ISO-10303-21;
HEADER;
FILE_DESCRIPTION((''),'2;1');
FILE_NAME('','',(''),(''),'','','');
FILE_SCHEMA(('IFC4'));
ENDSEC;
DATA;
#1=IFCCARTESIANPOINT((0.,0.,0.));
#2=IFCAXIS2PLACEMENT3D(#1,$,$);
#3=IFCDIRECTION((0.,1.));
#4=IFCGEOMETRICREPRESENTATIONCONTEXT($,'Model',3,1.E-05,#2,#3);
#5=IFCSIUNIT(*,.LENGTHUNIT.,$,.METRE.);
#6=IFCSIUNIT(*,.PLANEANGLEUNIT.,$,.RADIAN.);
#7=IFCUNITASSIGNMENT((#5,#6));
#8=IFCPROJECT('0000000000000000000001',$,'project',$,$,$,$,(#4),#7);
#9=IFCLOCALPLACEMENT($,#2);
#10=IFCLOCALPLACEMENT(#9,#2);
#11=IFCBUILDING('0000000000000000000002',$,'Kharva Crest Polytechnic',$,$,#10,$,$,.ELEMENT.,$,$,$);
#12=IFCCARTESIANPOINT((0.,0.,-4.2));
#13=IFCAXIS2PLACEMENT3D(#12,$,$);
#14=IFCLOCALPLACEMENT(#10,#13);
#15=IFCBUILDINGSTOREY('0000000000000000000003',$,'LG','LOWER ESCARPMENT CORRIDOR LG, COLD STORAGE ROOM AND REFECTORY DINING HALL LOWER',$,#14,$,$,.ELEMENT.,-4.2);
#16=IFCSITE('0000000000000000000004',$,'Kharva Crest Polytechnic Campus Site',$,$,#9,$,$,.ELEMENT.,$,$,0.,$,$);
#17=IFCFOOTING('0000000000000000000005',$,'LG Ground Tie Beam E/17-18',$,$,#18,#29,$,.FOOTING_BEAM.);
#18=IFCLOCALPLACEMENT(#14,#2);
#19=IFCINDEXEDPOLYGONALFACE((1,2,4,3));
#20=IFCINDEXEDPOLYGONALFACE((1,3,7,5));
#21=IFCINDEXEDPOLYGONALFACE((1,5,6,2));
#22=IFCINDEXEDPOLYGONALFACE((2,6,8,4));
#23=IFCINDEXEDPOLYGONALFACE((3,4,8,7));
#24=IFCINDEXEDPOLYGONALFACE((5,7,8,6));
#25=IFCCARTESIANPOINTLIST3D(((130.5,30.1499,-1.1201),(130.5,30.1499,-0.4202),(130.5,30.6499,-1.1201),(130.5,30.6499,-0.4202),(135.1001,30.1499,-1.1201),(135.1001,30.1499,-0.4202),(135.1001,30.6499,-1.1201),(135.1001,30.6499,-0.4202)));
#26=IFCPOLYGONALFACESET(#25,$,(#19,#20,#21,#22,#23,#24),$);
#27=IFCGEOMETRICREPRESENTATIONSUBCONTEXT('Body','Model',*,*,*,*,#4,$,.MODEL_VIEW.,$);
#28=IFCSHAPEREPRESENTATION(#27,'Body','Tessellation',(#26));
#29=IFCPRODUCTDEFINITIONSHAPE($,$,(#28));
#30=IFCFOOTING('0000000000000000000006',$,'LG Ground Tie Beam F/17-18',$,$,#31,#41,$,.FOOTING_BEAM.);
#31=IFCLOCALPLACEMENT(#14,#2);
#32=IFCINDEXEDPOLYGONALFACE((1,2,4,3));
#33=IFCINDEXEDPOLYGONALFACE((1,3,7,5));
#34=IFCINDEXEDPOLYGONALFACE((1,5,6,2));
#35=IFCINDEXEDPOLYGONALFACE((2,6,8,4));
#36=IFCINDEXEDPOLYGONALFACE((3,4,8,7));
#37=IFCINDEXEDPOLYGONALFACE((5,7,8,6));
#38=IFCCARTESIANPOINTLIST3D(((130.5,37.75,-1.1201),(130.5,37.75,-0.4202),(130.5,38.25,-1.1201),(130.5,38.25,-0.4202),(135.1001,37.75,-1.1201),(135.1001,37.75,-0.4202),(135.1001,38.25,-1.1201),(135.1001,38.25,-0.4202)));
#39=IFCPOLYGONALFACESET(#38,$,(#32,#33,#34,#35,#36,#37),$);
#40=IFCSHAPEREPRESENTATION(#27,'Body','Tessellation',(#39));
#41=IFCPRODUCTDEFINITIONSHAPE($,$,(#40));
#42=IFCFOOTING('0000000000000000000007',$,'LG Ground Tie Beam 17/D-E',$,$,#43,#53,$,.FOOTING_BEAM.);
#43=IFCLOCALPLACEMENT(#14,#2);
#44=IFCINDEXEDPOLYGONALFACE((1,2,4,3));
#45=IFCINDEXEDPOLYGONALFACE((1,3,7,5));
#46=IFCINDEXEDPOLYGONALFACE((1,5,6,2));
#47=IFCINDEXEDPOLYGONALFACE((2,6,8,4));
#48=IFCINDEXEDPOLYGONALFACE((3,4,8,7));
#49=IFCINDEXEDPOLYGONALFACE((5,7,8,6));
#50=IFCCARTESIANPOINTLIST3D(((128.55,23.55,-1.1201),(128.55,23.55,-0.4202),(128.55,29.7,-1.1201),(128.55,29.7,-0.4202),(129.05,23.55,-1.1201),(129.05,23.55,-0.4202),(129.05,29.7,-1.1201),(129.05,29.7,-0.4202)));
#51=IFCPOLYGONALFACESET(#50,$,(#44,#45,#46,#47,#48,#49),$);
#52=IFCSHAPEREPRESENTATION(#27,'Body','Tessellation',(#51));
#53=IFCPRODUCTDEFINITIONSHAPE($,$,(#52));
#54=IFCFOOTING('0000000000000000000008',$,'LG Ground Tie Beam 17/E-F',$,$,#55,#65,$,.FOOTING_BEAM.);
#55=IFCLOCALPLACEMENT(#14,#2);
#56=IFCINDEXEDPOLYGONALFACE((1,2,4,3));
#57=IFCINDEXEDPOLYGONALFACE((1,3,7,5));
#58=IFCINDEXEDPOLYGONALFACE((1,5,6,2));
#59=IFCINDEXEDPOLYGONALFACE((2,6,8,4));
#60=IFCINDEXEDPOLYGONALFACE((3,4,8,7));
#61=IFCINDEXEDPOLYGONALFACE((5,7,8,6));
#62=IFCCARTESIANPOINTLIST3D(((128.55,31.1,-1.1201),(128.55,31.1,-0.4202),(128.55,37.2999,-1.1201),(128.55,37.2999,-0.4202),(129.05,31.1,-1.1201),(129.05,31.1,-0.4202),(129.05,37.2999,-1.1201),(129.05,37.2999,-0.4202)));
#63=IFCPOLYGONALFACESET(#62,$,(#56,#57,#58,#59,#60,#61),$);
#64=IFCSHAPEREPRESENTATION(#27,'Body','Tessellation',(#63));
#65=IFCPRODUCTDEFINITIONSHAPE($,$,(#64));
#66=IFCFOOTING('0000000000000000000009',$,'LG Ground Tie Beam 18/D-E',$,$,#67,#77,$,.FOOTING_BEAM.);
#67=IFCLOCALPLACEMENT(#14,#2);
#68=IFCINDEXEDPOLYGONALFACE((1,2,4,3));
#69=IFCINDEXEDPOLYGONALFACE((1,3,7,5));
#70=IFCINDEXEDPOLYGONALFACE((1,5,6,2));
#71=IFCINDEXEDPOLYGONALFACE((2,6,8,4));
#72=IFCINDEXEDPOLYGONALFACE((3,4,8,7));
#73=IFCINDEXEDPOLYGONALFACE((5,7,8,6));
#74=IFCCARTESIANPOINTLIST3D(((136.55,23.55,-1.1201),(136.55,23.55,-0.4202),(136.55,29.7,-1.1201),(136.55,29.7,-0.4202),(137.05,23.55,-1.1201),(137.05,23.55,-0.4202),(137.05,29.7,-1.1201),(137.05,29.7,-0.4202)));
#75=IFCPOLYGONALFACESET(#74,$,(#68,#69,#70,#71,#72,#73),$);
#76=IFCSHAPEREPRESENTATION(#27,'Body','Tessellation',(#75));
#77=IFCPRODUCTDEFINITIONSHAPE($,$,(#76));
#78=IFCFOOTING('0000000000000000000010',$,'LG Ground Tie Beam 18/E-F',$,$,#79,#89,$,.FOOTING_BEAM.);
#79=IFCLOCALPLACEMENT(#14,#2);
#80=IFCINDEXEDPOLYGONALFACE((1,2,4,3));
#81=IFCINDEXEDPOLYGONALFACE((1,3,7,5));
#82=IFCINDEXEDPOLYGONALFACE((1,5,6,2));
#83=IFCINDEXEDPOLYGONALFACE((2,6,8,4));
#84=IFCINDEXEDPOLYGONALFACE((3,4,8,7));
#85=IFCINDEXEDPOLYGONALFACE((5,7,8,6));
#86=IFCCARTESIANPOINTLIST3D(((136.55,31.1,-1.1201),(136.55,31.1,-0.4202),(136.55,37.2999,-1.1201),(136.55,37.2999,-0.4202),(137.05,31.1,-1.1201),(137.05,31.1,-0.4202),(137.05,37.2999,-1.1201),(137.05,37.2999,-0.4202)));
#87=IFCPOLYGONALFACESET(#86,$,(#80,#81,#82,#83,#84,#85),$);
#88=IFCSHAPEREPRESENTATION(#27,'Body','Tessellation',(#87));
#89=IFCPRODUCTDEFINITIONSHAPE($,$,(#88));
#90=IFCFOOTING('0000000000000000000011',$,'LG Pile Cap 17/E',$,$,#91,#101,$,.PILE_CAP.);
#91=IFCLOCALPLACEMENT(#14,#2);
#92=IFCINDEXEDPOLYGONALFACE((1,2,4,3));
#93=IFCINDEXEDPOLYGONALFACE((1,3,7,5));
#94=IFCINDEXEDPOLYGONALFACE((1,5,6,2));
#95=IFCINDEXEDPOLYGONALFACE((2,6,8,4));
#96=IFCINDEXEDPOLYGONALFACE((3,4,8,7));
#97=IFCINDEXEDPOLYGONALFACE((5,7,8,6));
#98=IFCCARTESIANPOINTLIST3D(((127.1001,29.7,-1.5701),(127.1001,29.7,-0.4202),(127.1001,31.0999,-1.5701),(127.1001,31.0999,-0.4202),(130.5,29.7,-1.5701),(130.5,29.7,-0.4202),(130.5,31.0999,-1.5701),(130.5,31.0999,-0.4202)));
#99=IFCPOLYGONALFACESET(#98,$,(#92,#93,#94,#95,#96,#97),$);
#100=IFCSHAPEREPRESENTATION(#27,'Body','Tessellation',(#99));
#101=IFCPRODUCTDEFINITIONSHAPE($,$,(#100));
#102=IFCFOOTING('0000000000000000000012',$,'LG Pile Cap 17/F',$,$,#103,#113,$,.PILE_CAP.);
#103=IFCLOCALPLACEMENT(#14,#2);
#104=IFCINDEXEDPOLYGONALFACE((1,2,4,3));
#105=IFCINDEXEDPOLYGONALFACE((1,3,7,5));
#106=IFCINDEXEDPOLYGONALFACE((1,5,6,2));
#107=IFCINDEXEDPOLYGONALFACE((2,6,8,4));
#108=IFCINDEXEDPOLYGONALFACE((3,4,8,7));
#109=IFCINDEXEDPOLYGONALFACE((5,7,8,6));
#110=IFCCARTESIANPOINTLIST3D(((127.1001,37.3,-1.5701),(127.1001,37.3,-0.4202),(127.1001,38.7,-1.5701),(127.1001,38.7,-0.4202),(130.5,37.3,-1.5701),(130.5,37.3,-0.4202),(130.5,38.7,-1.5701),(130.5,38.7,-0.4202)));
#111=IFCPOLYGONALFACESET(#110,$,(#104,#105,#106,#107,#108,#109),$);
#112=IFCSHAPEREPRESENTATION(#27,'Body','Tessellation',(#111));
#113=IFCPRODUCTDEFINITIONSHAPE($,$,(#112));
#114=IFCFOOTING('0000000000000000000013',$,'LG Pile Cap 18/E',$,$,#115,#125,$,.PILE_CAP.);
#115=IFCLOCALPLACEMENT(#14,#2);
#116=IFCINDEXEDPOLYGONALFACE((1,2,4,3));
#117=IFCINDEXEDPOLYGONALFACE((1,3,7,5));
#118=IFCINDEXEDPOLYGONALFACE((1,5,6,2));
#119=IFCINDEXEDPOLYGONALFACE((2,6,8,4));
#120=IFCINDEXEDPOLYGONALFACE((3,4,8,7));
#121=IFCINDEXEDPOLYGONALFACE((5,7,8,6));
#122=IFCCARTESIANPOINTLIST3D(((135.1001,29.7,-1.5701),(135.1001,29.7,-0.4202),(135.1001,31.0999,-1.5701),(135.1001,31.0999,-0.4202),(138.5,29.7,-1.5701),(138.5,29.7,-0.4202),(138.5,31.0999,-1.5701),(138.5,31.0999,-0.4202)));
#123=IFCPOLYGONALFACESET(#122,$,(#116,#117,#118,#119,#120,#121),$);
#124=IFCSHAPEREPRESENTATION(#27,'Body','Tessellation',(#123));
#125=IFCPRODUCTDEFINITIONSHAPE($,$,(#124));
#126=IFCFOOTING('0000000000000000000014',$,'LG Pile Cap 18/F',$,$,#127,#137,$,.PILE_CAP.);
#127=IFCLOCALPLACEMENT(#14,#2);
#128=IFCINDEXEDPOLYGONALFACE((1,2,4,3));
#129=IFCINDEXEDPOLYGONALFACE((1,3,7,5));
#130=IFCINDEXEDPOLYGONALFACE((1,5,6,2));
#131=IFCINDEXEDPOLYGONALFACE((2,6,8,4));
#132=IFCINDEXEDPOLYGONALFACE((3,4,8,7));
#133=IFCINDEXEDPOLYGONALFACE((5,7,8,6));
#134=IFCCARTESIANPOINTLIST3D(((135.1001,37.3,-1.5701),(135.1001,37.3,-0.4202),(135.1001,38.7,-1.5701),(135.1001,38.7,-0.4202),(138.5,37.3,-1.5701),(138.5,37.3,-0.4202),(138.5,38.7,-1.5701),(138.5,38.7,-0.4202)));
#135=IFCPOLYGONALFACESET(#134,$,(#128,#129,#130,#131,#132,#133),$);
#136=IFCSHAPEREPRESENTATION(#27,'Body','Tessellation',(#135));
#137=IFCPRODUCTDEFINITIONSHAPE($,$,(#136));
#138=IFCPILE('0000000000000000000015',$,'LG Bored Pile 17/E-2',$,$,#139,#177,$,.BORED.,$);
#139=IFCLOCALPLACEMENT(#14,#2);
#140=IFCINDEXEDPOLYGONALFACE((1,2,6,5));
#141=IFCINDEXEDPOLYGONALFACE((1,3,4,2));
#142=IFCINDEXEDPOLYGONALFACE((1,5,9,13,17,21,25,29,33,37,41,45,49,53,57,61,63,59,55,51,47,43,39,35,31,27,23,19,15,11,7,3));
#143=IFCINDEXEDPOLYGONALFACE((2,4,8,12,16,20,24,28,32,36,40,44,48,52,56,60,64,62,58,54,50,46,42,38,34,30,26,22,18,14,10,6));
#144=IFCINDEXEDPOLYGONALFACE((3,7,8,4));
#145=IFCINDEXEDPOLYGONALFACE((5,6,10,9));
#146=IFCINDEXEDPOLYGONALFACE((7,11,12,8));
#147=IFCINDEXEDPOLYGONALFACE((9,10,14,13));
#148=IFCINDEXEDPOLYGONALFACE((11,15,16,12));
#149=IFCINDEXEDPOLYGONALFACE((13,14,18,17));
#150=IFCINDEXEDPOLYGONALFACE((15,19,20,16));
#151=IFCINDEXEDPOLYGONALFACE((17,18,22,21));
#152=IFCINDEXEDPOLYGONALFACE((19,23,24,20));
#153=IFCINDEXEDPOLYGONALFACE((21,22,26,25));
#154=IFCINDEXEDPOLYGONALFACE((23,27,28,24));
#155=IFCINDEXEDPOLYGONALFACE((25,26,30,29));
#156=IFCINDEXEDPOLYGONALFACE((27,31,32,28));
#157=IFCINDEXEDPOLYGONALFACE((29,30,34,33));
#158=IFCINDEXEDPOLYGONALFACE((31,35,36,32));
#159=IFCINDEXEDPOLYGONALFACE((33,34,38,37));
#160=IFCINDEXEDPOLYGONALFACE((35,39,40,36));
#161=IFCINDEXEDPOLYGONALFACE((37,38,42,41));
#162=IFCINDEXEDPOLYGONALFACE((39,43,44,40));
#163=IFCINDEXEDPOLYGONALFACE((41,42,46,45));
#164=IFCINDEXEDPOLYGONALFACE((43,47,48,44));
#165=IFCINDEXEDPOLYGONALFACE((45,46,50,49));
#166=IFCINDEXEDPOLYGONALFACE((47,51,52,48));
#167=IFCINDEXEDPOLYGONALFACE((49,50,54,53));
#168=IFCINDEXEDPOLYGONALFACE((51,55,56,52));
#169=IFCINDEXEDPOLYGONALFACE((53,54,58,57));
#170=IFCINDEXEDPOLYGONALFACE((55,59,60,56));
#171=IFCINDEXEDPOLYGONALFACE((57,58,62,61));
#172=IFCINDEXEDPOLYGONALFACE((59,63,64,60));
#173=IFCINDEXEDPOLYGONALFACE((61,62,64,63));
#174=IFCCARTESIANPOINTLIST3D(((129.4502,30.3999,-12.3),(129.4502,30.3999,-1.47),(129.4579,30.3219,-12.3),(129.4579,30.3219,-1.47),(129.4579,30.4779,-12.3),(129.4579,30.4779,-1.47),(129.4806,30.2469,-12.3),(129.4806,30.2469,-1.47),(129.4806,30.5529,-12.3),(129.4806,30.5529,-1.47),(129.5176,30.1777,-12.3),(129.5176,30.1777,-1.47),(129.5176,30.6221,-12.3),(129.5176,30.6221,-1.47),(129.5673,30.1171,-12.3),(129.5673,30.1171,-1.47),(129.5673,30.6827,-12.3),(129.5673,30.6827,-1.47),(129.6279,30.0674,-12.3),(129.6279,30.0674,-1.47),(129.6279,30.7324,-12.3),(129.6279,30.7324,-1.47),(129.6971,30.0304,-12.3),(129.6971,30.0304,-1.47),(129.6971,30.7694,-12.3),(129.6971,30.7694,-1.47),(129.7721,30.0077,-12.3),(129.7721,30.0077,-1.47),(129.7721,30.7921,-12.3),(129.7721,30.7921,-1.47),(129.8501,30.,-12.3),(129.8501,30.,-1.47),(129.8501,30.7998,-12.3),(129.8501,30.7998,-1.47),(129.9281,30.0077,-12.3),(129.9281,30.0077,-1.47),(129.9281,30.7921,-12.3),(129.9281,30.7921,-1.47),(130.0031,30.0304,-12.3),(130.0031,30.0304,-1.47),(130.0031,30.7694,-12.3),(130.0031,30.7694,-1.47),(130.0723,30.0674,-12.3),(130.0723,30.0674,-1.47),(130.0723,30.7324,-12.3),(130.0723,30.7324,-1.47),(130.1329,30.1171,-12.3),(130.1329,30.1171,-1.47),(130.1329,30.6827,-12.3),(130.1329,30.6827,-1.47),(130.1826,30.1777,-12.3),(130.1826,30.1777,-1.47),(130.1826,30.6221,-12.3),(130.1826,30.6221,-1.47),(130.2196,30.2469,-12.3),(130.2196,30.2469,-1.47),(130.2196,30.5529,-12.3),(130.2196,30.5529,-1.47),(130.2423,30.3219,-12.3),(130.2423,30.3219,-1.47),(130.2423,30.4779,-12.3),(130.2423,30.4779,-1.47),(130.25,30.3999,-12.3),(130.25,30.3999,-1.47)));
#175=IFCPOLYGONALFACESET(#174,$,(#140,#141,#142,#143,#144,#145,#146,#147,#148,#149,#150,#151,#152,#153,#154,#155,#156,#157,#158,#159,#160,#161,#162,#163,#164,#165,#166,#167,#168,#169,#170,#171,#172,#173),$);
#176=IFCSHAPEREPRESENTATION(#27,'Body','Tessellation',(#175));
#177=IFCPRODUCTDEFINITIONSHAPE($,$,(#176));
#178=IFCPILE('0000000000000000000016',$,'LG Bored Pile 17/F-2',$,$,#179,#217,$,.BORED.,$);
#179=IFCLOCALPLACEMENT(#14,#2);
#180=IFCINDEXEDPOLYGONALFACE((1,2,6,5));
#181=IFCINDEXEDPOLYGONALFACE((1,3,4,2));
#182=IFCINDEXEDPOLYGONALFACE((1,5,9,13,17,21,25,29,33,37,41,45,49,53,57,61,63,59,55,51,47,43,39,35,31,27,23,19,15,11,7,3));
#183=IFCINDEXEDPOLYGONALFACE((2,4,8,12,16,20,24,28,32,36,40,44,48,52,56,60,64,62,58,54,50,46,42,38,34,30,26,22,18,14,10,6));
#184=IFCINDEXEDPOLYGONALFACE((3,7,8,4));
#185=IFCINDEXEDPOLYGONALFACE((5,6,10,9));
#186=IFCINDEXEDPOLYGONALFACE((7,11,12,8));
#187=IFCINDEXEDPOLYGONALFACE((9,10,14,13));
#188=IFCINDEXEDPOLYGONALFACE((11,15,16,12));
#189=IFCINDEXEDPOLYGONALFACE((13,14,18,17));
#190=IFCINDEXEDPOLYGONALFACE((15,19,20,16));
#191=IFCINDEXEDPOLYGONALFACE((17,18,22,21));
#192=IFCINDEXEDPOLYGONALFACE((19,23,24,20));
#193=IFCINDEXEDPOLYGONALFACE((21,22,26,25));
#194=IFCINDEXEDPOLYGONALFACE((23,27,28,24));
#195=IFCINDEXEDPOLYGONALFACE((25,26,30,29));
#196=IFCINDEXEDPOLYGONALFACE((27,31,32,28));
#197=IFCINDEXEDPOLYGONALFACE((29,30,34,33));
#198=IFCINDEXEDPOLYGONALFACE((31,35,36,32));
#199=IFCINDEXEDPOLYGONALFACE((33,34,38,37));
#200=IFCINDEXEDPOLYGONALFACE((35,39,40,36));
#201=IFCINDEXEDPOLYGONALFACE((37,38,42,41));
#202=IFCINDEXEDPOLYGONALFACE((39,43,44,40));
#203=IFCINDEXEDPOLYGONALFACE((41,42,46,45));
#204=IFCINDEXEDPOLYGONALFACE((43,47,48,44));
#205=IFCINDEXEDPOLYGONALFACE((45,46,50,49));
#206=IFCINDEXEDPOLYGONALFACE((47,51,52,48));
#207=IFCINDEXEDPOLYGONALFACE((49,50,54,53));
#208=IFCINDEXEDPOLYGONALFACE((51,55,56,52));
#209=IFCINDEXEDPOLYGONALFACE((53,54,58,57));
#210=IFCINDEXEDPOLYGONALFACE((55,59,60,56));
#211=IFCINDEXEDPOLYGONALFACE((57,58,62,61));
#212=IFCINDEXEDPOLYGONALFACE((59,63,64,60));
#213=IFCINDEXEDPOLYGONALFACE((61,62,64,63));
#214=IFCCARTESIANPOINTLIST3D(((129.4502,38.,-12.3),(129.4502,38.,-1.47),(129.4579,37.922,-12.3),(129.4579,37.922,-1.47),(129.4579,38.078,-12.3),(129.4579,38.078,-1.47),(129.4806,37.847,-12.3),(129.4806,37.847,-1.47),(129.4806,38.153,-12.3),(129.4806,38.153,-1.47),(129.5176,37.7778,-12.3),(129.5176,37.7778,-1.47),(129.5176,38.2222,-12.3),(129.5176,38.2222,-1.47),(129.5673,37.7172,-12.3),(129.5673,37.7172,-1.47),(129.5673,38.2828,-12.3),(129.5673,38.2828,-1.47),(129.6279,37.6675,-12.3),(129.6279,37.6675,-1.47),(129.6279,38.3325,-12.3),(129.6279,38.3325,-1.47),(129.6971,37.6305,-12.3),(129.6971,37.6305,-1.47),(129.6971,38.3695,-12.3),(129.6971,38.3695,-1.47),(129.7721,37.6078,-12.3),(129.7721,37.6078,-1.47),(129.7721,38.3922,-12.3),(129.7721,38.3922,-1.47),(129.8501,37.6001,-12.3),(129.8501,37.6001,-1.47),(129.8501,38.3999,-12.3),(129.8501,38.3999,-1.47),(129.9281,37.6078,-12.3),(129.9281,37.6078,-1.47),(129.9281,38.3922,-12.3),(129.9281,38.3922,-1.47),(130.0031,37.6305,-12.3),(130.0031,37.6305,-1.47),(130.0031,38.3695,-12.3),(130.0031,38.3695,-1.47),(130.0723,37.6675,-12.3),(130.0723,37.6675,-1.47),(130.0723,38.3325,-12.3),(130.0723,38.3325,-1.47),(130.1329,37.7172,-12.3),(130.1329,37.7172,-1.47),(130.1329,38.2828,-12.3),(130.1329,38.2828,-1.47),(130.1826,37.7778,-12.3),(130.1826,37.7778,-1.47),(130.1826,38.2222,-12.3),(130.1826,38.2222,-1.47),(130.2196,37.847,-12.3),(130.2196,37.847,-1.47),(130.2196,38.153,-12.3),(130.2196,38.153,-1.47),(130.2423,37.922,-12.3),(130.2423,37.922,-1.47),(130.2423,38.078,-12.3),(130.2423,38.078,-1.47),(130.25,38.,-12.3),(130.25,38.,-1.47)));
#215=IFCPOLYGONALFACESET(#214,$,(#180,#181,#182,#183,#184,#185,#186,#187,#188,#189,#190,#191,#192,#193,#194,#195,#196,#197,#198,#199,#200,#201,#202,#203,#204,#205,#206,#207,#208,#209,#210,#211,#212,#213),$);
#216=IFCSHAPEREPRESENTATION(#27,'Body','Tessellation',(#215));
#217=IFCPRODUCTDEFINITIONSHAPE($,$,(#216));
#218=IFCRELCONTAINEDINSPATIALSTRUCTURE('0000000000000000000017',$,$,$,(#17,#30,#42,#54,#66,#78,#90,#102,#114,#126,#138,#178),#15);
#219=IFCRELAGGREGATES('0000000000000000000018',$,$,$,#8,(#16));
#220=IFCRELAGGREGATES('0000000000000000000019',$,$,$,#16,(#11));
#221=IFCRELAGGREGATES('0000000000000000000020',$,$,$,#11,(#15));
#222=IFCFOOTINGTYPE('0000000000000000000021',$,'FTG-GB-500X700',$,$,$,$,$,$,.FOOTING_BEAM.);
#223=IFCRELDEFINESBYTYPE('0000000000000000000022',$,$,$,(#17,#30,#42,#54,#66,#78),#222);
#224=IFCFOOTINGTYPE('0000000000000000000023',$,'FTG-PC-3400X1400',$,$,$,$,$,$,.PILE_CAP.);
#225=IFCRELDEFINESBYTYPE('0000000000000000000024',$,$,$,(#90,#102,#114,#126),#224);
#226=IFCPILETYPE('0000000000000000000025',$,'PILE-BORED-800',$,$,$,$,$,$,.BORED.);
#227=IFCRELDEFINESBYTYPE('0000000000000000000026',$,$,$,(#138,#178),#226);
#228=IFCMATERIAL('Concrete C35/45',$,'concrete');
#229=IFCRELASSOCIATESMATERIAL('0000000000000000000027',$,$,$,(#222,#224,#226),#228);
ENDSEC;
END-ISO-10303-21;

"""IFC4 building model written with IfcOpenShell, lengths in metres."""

from ifc_helpers import new_model, si_unit, direction, frame, origin, origin_2d, place, context, subcontext, project, spatial, rectangle, circle, extrude, material, material_profile, profile_set, type_object, element, save


model = new_model("IFC4")

# Units and contexts
model_context = context("Model", 3, precision=1e-05, world=origin(), true_north=direction((0.0, 1.0)))
body_context = subcontext(model_context, "Body", "Model", "MODEL_VIEW")
ifc_project = project(units=[si_unit("LENGTHUNIT", "METRE"), si_unit("PLANEANGLEUNIT", "RADIAN")], contexts=[model_context])

# Site, building, storey
site_placement = place(None, origin())
site = spatial("IfcSite", under=ifc_project, at=site_placement, Name="Kharva Crest Polytechnic Campus Site", CompositionType="ELEMENT", RefElevation=0.0)
building_placement = place(site_placement, origin())
building = spatial("IfcBuilding", under=site, at=building_placement, Name="Kharva Crest Polytechnic", CompositionType="ELEMENT")
storey_placement = place(building_placement, frame((0.0, 0.0, -4.2)))
storey = spatial("IfcBuildingStorey", under=building, at=storey_placement, Name="LG", Description="LOWER ESCARPMENT CORRIDOR LG, COLD STORAGE ROOM AND REFECTORY DINING HALL LOWER", CompositionType="ELEMENT", Elevation=-4.2)

# Footings
ifc_material_1 = material(Name="Concrete C35/45", Category="concrete")
footing_type_1 = type_object("IfcFootingType", Name="FTG-GB-500X700", PredefinedType="FOOTING_BEAM", material=ifc_material_1)
for number, where, z_axis, x_axis, name in (
    (1, (132.8, 30.3999, -1.1201), (0.0, 0.0, 1.0), (1.0, 0.0, 0.0), "LG Ground Tie Beam E/17-18"),
    (2, (132.8, 38.0, -1.1201), (0.0, 0.0, 1.0), (1.0, 0.0, 0.0), "LG Ground Tie Beam F/17-18"),
):
    element("IfcFooting", number, at=place(storey_placement, frame(where, z_axis=z_axis, x_axis=x_axis)), inside=storey, type_object=footing_type_1, Name=name, PredefinedType="FOOTING_BEAM", context=body_context, shape_type="SweptSolid", body=[
        extrude(rectangle(XDim=4.6001, YDim=0.5, at=origin_2d()), origin(), (0.0, 0.0, 1.0), 0.7),
    ])
footing_1_placement = place(storey_placement, frame((128.8, 26.625, -1.1201), z_axis=(0.0, 0.0, 1.0), x_axis=(0.0, 1.0, 0.0)))
element("IfcFooting", 3, at=footing_1_placement, inside=storey, type_object=footing_type_1, Name="LG Ground Tie Beam 17/D-E", PredefinedType="FOOTING_BEAM", context=body_context, shape_type="SweptSolid", body=[
    extrude(rectangle(XDim=6.1499, YDim=0.5, at=origin_2d()), origin(), (0.0, 0.0, 1.0), 0.7),
])
footing_2_placement = place(storey_placement, frame((128.8, 34.2, -1.1201), z_axis=(0.0, 0.0, 1.0), x_axis=(0.0, 1.0, 0.0)))
element("IfcFooting", 4, at=footing_2_placement, inside=storey, type_object=footing_type_1, Name="LG Ground Tie Beam 17/E-F", PredefinedType="FOOTING_BEAM", context=body_context, shape_type="SweptSolid", body=[
    extrude(rectangle(XDim=6.2, YDim=0.5, at=origin_2d()), origin(), (0.0, 0.0, 1.0), 0.7),
])
footing_3_placement = place(storey_placement, frame((136.8, 26.625, -1.1201), z_axis=(0.0, 0.0, 1.0), x_axis=(0.0, 1.0, 0.0)))
element("IfcFooting", 5, at=footing_3_placement, inside=storey, type_object=footing_type_1, Name="LG Ground Tie Beam 18/D-E", PredefinedType="FOOTING_BEAM", context=body_context, shape_type="SweptSolid", body=[
    extrude(rectangle(XDim=6.1499, YDim=0.5, at=origin_2d()), origin(), (0.0, 0.0, 1.0), 0.7),
])
footing_4_placement = place(storey_placement, frame((136.8, 34.2, -1.1201), z_axis=(0.0, 0.0, 1.0), x_axis=(0.0, 1.0, 0.0)))
element("IfcFooting", 6, at=footing_4_placement, inside=storey, type_object=footing_type_1, Name="LG Ground Tie Beam 18/E-F", PredefinedType="FOOTING_BEAM", context=body_context, shape_type="SweptSolid", body=[
    extrude(rectangle(XDim=6.2, YDim=0.5, at=origin_2d()), origin(), (0.0, 0.0, 1.0), 0.7),
])
footing_type_2 = type_object("IfcFootingType", Name="FTG-PC-3400X1400", PredefinedType="PILE_CAP", material=ifc_material_1)
for number, where, z_axis, x_axis, name in (
    (7, (128.8, 30.3999, -1.5701), (0.0, 0.0, 1.0), (1.0, 0.0, 0.0), "LG Pile Cap 17/E"),
    (8, (128.8, 38.0, -1.5701), (0.0, 0.0, 1.0), (1.0, 0.0, 0.0), "LG Pile Cap 17/F"),
    (9, (136.8, 30.3999, -1.5701), (0.0, 0.0, 1.0), (1.0, 0.0, 0.0), "LG Pile Cap 18/E"),
    (10, (136.8, 38.0, -1.5701), (0.0, 0.0, 1.0), (1.0, 0.0, 0.0), "LG Pile Cap 18/F"),
):
    element("IfcFooting", number, at=place(storey_placement, frame(where, z_axis=z_axis, x_axis=x_axis)), inside=storey, type_object=footing_type_2, Name=name, PredefinedType="PILE_CAP", context=body_context, shape_type="SweptSolid", body=[
        extrude(rectangle(XDim=3.3999, YDim=1.3999, at=origin_2d()), origin(), (0.0, 0.0, 1.0), 1.1499),
    ])

# Piles
ifc_material_profile_1 = material_profile(ifc_material_1, circle(Radius=0.3999, at=origin_2d()), Name="DIA 800")
ifc_profile_set_1 = profile_set([ifc_material_profile_1], Name="Concrete C35/45")
pile_type = type_object("IfcPileType", Name="PILE-BORED-800", PredefinedType="BORED", material=ifc_profile_set_1)
for number, where, z_axis, x_axis, name in (
    (11, (129.8501, 30.3999, -1.47), (0.0, 0.0, -1.0), (1.0, 0.0, 0.0), "LG Bored Pile 17/E-2"),
    (12, (129.8501, 38.0, -1.47), (0.0, 0.0, -1.0), (1.0, 0.0, 0.0), "LG Bored Pile 17/F-2"),
):
    element("IfcPile", number, at=place(storey_placement, frame(where, z_axis=z_axis, x_axis=x_axis)), inside=storey, type_object=pile_type, Name=name, PredefinedType="BORED", context=body_context, shape_type="SweptSolid", body=[
        extrude(circle(Radius=0.3999, at=origin_2d()), origin(), (0.0, 0.0, 1.0), 10.8301),
    ])

save(model, "model.ifc")
